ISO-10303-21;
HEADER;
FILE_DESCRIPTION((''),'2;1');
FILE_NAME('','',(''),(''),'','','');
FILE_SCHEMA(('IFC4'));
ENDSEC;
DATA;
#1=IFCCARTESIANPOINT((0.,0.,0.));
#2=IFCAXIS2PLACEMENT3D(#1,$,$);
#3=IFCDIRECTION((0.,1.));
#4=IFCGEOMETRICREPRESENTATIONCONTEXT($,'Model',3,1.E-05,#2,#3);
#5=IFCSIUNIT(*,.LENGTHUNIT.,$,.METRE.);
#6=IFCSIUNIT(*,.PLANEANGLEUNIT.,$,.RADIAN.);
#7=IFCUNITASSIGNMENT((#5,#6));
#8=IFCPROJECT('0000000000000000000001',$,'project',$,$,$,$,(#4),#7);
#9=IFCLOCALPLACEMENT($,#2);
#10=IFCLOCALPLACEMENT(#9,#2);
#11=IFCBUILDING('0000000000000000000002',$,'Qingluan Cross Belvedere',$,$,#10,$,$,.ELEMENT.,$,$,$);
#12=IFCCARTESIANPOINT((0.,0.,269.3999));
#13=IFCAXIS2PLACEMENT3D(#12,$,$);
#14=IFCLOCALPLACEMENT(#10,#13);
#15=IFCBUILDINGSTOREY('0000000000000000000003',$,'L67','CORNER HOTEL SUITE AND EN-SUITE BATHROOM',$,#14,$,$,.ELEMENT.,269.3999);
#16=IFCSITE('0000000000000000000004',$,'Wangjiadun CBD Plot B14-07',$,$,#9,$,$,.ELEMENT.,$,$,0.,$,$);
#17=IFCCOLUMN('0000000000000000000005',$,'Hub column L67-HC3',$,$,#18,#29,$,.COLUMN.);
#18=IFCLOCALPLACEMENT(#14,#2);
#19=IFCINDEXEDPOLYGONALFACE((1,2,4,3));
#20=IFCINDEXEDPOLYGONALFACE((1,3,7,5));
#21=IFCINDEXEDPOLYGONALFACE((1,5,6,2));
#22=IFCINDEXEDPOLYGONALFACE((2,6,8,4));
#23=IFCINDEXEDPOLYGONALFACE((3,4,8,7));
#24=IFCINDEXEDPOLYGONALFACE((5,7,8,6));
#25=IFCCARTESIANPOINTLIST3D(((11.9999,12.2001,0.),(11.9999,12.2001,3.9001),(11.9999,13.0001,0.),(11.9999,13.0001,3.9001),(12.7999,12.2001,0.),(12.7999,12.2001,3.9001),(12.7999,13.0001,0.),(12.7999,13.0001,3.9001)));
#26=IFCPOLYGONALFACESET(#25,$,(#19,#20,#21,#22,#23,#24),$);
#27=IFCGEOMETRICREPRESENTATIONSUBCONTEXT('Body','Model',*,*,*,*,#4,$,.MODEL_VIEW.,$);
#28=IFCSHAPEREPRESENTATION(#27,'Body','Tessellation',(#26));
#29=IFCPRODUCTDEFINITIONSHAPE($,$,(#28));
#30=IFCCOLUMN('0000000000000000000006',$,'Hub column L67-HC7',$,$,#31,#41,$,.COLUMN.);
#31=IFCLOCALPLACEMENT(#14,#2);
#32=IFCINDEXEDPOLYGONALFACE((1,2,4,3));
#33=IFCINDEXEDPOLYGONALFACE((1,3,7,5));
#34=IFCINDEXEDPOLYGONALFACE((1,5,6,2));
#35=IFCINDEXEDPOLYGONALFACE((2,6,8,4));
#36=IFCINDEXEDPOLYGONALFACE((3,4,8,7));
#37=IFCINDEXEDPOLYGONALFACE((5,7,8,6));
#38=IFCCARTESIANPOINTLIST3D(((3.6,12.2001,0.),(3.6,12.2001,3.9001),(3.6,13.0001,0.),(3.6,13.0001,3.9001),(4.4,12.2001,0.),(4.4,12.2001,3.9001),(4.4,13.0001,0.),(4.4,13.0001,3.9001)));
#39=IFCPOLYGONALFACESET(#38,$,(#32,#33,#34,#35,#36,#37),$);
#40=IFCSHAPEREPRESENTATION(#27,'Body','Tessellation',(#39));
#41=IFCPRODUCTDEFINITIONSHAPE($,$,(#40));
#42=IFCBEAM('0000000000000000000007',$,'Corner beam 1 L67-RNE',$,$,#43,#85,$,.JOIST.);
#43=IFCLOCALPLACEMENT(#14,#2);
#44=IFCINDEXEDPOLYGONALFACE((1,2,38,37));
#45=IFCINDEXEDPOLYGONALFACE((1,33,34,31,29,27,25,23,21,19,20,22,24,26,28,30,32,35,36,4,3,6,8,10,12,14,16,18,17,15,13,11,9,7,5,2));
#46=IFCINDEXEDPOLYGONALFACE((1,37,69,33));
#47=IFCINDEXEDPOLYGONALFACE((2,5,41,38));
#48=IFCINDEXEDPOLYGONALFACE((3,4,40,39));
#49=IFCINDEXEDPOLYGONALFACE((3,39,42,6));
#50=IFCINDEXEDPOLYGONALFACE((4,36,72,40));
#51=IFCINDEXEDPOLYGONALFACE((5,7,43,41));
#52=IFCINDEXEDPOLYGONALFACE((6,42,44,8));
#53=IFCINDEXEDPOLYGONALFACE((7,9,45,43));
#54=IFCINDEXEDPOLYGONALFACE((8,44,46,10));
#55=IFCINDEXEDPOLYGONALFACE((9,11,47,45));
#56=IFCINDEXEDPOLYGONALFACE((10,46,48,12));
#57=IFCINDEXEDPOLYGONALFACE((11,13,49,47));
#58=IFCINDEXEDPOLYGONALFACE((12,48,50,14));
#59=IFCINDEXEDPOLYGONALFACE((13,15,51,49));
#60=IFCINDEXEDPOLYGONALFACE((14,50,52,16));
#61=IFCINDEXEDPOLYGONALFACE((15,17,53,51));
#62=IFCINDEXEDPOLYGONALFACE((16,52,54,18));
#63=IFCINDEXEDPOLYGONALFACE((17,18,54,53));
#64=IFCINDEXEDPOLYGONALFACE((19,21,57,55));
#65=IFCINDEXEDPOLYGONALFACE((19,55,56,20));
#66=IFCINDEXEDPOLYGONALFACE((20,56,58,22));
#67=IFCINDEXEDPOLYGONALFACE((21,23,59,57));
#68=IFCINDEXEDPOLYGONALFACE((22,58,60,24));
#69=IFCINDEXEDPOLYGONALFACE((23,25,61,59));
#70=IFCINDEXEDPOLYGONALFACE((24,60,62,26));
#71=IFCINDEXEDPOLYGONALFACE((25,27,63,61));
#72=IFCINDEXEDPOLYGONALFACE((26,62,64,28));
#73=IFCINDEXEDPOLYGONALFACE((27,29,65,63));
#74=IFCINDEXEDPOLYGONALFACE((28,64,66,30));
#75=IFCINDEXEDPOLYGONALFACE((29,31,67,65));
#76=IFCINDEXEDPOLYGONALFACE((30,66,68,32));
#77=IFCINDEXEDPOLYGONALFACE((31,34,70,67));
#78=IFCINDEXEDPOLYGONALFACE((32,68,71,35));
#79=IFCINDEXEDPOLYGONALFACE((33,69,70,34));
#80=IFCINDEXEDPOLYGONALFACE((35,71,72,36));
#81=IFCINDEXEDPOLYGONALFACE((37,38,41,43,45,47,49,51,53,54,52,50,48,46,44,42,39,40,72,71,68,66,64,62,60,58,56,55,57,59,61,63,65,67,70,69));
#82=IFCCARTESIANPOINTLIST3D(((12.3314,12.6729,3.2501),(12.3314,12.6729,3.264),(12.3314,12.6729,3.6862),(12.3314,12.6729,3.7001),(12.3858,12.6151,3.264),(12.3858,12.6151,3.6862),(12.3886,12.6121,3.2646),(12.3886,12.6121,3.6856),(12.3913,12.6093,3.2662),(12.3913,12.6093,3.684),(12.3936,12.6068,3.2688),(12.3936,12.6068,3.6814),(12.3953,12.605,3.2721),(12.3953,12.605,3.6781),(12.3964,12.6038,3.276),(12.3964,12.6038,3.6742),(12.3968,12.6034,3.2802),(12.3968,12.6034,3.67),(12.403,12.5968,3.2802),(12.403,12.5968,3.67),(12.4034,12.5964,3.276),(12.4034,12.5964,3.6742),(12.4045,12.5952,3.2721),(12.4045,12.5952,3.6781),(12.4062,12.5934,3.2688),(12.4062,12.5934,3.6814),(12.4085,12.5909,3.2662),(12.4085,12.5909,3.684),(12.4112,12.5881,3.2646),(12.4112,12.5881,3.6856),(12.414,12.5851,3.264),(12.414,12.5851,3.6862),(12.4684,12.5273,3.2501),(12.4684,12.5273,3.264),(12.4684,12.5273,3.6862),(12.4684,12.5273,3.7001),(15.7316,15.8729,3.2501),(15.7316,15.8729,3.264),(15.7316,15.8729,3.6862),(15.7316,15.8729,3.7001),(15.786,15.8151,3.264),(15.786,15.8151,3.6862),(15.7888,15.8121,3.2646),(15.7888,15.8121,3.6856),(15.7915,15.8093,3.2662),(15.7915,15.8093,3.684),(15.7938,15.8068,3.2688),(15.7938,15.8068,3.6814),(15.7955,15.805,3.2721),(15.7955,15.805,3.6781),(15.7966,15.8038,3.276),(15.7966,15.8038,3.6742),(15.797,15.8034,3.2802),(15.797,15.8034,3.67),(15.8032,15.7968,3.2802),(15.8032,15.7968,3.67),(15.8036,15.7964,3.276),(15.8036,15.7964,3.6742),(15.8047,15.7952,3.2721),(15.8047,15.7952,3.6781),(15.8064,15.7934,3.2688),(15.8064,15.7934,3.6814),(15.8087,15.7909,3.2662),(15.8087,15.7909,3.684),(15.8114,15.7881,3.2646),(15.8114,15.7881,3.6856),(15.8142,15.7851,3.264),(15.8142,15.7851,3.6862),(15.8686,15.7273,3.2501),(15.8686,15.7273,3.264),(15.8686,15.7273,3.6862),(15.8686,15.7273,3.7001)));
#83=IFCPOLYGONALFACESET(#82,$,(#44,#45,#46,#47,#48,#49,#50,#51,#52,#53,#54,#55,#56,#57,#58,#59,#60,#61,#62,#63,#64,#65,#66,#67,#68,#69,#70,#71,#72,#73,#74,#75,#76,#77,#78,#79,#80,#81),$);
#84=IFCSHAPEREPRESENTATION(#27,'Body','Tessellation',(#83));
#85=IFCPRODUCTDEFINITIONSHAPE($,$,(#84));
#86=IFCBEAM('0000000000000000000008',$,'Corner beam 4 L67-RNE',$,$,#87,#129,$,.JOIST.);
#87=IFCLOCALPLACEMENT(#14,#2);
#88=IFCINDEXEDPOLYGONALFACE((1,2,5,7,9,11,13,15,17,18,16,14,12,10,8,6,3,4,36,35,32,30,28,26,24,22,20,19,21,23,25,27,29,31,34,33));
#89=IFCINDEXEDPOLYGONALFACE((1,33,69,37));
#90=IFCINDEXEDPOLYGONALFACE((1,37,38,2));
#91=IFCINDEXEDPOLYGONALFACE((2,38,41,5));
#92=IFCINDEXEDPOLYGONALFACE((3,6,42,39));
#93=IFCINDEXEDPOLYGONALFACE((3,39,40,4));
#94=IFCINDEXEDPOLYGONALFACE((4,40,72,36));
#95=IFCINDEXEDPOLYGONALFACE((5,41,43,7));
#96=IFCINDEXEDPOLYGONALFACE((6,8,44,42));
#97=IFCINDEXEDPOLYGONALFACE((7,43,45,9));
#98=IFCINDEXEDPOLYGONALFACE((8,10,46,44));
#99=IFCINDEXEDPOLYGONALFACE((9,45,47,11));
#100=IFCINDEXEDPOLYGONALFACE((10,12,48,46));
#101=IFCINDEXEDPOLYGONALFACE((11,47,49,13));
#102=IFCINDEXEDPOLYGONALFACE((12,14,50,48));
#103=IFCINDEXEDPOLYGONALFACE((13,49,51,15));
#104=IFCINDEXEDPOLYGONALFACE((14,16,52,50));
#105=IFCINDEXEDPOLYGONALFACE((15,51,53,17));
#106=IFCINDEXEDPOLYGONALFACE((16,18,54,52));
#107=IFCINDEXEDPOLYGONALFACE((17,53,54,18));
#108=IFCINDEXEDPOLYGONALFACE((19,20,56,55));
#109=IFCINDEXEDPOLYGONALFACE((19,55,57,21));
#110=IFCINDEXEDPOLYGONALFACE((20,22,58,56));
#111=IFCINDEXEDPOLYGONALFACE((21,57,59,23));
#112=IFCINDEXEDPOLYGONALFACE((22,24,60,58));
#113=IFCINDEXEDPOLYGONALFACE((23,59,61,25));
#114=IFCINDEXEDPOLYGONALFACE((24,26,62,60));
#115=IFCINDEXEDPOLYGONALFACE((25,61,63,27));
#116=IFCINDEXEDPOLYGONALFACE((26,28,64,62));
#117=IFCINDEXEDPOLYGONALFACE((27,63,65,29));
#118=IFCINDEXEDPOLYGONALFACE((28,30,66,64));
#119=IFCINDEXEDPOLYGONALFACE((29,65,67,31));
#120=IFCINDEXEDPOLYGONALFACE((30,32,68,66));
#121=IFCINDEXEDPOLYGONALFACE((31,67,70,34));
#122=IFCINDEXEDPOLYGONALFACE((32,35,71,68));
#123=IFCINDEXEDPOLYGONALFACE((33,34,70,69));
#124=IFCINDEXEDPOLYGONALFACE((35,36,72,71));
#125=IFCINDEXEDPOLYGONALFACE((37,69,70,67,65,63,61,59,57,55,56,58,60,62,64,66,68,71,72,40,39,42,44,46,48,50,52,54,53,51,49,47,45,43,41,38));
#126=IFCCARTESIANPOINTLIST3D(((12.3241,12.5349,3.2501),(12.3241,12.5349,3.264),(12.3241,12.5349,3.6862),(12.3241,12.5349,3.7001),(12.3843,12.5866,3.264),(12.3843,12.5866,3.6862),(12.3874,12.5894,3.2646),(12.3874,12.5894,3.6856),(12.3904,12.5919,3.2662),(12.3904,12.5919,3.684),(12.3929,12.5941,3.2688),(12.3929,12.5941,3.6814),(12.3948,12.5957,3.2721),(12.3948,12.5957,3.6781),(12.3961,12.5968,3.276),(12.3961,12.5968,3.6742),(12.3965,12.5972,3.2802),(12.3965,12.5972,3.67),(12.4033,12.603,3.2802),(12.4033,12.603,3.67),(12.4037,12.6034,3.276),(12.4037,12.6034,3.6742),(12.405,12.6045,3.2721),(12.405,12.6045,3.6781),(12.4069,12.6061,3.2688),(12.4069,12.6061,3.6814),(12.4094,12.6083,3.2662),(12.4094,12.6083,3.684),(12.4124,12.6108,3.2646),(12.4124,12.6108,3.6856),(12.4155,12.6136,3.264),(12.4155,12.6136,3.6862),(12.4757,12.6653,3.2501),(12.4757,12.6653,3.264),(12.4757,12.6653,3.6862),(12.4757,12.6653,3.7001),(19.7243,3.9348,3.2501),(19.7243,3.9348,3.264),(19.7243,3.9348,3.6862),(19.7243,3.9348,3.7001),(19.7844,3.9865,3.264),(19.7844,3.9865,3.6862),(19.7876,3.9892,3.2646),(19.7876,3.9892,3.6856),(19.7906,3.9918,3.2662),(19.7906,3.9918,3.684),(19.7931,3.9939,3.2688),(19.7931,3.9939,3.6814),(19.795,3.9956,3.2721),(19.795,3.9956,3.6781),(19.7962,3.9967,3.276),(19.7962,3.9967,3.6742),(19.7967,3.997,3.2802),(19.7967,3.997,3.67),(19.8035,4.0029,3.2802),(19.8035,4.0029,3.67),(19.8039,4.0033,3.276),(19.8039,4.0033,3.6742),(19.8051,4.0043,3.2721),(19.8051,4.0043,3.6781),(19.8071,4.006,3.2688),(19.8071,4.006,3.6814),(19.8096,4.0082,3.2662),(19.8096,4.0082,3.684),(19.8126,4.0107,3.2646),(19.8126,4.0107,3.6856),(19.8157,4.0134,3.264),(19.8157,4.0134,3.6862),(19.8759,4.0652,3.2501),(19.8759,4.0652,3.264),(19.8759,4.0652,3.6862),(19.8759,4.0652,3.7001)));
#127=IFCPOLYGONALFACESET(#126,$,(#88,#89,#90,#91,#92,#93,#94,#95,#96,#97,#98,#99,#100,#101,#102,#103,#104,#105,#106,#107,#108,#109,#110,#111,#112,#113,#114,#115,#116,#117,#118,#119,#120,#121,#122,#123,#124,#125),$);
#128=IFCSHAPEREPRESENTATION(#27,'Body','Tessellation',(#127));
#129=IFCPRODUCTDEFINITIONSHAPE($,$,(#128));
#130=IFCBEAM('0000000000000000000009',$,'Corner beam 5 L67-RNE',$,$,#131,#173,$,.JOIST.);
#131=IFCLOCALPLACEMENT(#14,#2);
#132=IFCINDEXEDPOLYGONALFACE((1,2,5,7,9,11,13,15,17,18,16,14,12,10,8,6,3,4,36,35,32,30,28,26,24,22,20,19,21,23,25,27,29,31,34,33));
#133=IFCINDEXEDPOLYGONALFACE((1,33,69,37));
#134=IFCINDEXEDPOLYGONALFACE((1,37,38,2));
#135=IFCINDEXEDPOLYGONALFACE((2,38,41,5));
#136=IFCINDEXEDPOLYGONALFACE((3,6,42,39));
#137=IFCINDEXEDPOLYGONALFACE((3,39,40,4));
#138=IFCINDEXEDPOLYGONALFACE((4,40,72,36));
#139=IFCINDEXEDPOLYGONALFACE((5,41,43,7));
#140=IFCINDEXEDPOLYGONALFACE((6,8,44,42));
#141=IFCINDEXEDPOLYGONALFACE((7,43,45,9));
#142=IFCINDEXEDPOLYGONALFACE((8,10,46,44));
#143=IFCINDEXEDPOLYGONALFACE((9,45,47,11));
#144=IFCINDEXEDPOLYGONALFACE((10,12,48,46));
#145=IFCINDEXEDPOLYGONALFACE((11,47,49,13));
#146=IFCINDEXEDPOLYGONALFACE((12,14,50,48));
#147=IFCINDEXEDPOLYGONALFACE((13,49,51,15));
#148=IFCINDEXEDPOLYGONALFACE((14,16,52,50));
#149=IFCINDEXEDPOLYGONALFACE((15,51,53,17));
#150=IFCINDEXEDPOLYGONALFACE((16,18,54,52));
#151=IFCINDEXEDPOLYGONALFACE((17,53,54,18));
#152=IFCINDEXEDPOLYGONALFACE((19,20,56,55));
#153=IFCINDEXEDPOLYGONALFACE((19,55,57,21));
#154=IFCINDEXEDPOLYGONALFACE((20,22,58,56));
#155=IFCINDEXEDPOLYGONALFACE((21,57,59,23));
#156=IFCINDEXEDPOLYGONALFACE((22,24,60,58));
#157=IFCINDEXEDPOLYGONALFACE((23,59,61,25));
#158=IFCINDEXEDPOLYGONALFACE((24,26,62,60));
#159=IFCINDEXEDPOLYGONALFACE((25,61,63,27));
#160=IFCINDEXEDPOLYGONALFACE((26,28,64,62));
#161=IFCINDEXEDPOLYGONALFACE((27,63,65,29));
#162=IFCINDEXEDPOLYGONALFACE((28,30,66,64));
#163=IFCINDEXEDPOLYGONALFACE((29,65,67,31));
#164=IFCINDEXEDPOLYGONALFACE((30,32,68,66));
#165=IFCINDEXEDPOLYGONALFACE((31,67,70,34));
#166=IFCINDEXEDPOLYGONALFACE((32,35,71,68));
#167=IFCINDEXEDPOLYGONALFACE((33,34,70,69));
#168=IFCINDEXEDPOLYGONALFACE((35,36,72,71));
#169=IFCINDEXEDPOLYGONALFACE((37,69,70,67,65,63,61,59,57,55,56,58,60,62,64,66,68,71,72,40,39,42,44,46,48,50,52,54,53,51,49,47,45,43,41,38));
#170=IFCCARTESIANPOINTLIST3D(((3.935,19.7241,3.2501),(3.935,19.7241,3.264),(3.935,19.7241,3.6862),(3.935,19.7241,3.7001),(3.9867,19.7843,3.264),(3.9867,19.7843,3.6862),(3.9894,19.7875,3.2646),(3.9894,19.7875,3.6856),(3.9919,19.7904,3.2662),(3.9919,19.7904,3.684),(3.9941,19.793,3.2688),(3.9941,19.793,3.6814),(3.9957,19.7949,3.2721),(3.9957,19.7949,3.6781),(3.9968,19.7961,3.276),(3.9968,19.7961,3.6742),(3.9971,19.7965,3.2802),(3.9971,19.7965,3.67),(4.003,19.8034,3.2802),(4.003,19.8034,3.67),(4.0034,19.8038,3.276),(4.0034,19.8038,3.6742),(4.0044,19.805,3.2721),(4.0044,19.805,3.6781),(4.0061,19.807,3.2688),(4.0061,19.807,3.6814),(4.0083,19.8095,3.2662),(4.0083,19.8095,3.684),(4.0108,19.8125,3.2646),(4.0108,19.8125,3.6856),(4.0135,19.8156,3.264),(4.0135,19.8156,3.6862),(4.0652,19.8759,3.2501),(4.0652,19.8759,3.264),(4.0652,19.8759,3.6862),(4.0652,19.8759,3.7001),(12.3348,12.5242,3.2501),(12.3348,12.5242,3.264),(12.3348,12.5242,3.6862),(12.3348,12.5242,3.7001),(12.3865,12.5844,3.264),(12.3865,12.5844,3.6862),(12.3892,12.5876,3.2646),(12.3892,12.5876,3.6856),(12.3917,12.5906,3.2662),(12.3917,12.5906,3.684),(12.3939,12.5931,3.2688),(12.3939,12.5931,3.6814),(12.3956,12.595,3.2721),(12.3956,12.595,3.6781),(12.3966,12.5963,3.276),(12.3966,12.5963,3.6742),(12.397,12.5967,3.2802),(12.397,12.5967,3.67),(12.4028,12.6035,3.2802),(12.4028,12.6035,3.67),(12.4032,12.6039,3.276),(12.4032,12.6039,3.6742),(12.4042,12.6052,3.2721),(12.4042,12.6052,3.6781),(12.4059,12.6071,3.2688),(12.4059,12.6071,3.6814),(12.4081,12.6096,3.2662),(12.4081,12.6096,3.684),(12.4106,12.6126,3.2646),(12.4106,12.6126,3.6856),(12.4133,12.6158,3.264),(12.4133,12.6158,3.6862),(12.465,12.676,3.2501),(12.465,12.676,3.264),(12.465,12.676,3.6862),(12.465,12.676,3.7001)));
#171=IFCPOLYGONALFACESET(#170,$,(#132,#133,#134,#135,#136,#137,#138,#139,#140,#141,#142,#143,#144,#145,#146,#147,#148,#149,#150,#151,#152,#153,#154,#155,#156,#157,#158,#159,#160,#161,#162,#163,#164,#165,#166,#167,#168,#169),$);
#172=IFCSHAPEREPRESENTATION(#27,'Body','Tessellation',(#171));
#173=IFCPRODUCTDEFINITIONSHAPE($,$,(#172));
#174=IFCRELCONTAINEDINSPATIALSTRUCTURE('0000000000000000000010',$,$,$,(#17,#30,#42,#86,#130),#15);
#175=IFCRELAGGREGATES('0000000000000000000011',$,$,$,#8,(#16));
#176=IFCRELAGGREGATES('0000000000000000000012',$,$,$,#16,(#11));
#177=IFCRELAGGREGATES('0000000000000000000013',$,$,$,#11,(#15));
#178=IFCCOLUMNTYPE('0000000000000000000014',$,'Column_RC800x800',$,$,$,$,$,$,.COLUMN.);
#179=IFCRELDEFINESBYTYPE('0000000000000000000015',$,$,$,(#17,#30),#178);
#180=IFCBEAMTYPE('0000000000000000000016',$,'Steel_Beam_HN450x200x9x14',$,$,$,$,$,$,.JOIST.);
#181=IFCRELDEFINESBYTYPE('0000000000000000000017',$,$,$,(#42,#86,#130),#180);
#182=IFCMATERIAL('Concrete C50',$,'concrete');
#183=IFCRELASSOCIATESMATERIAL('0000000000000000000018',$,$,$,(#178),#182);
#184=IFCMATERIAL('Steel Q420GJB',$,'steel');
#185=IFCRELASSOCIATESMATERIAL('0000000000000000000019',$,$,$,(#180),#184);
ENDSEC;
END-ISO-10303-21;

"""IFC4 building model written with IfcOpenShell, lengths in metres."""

from ifc_helpers import new_model, si_unit, direction, frame, origin, origin_2d, place, context, subcontext, project, spatial, rectangle, i_section, extrude, material, material_profile, profile_set, type_object, element, save


model = new_model("IFC4")

# Units and contexts
model_context = context("Model", 3, precision=1e-05, world=origin(), true_north=direction((0.0, 1.0)))
body_context = subcontext(model_context, "Body", "Model", "MODEL_VIEW")
ifc_project = project(units=[si_unit("LENGTHUNIT", "METRE"), si_unit("PLANEANGLEUNIT", "RADIAN")], contexts=[model_context])

# Site, building, storey
site_placement = place(None, origin())
site = spatial("IfcSite", under=ifc_project, at=site_placement, Name="Wangjiadun CBD Plot B14-07", CompositionType="ELEMENT", RefElevation=0.0)
building_placement = place(site_placement, origin())
building = spatial("IfcBuilding", under=site, at=building_placement, Name="Qingluan Cross Belvedere", CompositionType="ELEMENT")
storey_placement = place(building_placement, frame((0.0, 0.0, 269.3999)))
storey = spatial("IfcBuildingStorey", under=building, at=storey_placement, Name="L67", Description="CORNER HOTEL SUITE AND EN-SUITE BATHROOM", CompositionType="ELEMENT", Elevation=269.3999)

# Columns
ifc_material_1 = material(Name="Concrete C50", Category="concrete")
ifc_material_profile_1 = material_profile(ifc_material_1, rectangle(XDim=0.8, YDim=0.8, at=origin_2d()), Name="RC800x800")
ifc_profile_set_1 = profile_set([ifc_material_profile_1], Name="Concrete C50")
column_type = type_object("IfcColumnType", Name="Column_RC800x800", PredefinedType="COLUMN", material=ifc_profile_set_1)
for number, where, z_axis, x_axis, name in (
    (1, (12.3999, 12.6001, 0.0), (0.0, 0.0, 1.0), (1.0, 0.0, 0.0), "Hub column L67-HC3"),
    (2, (4.0, 12.6001, 0.0), (0.0, 0.0, 1.0), (1.0, 0.0, 0.0), "Hub column L67-HC7"),
):
    element("IfcColumn", number, at=place(storey_placement, frame(where, z_axis=z_axis, x_axis=x_axis)), inside=storey, type_object=column_type, Name=name, PredefinedType="COLUMN", context=body_context, shape_type="SweptSolid", body=[
        extrude(rectangle(XDim=0.8, YDim=0.8, at=origin_2d()), origin(), (0.0, 0.0, 1.0), 3.9001),
    ])

# Beams
ifc_material_2 = material(Name="Steel Q420GJB", Category="steel")
ifc_material_profile_2 = material_profile(ifc_material_2, i_section(OverallWidth=0.2, OverallDepth=0.45, WebThickness=0.009, FlangeThickness=0.0139, FilletRadius=0.0161, at=origin_2d()), Name="HN450x200x9x14")
ifc_profile_set_2 = profile_set([ifc_material_profile_2], Name="Steel Q420GJB")
beam_type_1 = type_object("IfcBeamType", Name="Steel_Beam_HN450x200x9x14", PredefinedType="JOIST", material=ifc_profile_set_2)
beam_1_placement = place(storey_placement, frame((12.3999, 12.6001, 3.4751), z_axis=(0.72822, 0.685343, 0.0), x_axis=(-0.685343, 0.72822, 0.0)))
element("IfcBeam", 3, at=beam_1_placement, inside=storey, type_object=beam_type_1, Name="Corner beam 1 L67-RNE", PredefinedType="JOIST", context=body_context, shape_type="SweptSolid", body=[
    extrude(i_section(OverallWidth=0.2, OverallDepth=0.45, WebThickness=0.009, FlangeThickness=0.0139, FilletRadius=0.0161, at=origin_2d()), origin(), (0.0, 0.0, 1.0), 4.6692),
])
beam_2_placement = place(storey_placement, frame((12.3999, 12.6001, 3.4751), z_axis=(0.652245, -0.758008, 0.0), x_axis=(0.758008, 0.652245, 0.0)))
element("IfcBeam", 4, at=beam_2_placement, inside=storey, type_object=beam_type_1, Name="Corner beam 4 L67-RNE", PredefinedType="JOIST", context=body_context, shape_type="SweptSolid", body=[
    extrude(i_section(OverallWidth=0.2, OverallDepth=0.45, WebThickness=0.009, FlangeThickness=0.0139, FilletRadius=0.0161, at=origin_2d()), origin(), (0.0, 0.0, 1.0), 11.3457),
])
beam_3_placement = place(storey_placement, frame((12.3999, 12.6001, 3.4751), z_axis=(-0.759255, 0.650793, 0.0), x_axis=(-0.650793, -0.759255, 0.0)))
element("IfcBeam", 5, at=beam_3_placement, inside=storey, type_object=beam_type_1, Name="Corner beam 5 L67-RNE", PredefinedType="JOIST", context=body_context, shape_type="SweptSolid", body=[
    extrude(i_section(OverallWidth=0.2, OverallDepth=0.45, WebThickness=0.009, FlangeThickness=0.0139, FilletRadius=0.0161, at=origin_2d()), origin(), (0.0, 0.0, 1.0), 11.0632),
])

save(model, "model.ifc")
